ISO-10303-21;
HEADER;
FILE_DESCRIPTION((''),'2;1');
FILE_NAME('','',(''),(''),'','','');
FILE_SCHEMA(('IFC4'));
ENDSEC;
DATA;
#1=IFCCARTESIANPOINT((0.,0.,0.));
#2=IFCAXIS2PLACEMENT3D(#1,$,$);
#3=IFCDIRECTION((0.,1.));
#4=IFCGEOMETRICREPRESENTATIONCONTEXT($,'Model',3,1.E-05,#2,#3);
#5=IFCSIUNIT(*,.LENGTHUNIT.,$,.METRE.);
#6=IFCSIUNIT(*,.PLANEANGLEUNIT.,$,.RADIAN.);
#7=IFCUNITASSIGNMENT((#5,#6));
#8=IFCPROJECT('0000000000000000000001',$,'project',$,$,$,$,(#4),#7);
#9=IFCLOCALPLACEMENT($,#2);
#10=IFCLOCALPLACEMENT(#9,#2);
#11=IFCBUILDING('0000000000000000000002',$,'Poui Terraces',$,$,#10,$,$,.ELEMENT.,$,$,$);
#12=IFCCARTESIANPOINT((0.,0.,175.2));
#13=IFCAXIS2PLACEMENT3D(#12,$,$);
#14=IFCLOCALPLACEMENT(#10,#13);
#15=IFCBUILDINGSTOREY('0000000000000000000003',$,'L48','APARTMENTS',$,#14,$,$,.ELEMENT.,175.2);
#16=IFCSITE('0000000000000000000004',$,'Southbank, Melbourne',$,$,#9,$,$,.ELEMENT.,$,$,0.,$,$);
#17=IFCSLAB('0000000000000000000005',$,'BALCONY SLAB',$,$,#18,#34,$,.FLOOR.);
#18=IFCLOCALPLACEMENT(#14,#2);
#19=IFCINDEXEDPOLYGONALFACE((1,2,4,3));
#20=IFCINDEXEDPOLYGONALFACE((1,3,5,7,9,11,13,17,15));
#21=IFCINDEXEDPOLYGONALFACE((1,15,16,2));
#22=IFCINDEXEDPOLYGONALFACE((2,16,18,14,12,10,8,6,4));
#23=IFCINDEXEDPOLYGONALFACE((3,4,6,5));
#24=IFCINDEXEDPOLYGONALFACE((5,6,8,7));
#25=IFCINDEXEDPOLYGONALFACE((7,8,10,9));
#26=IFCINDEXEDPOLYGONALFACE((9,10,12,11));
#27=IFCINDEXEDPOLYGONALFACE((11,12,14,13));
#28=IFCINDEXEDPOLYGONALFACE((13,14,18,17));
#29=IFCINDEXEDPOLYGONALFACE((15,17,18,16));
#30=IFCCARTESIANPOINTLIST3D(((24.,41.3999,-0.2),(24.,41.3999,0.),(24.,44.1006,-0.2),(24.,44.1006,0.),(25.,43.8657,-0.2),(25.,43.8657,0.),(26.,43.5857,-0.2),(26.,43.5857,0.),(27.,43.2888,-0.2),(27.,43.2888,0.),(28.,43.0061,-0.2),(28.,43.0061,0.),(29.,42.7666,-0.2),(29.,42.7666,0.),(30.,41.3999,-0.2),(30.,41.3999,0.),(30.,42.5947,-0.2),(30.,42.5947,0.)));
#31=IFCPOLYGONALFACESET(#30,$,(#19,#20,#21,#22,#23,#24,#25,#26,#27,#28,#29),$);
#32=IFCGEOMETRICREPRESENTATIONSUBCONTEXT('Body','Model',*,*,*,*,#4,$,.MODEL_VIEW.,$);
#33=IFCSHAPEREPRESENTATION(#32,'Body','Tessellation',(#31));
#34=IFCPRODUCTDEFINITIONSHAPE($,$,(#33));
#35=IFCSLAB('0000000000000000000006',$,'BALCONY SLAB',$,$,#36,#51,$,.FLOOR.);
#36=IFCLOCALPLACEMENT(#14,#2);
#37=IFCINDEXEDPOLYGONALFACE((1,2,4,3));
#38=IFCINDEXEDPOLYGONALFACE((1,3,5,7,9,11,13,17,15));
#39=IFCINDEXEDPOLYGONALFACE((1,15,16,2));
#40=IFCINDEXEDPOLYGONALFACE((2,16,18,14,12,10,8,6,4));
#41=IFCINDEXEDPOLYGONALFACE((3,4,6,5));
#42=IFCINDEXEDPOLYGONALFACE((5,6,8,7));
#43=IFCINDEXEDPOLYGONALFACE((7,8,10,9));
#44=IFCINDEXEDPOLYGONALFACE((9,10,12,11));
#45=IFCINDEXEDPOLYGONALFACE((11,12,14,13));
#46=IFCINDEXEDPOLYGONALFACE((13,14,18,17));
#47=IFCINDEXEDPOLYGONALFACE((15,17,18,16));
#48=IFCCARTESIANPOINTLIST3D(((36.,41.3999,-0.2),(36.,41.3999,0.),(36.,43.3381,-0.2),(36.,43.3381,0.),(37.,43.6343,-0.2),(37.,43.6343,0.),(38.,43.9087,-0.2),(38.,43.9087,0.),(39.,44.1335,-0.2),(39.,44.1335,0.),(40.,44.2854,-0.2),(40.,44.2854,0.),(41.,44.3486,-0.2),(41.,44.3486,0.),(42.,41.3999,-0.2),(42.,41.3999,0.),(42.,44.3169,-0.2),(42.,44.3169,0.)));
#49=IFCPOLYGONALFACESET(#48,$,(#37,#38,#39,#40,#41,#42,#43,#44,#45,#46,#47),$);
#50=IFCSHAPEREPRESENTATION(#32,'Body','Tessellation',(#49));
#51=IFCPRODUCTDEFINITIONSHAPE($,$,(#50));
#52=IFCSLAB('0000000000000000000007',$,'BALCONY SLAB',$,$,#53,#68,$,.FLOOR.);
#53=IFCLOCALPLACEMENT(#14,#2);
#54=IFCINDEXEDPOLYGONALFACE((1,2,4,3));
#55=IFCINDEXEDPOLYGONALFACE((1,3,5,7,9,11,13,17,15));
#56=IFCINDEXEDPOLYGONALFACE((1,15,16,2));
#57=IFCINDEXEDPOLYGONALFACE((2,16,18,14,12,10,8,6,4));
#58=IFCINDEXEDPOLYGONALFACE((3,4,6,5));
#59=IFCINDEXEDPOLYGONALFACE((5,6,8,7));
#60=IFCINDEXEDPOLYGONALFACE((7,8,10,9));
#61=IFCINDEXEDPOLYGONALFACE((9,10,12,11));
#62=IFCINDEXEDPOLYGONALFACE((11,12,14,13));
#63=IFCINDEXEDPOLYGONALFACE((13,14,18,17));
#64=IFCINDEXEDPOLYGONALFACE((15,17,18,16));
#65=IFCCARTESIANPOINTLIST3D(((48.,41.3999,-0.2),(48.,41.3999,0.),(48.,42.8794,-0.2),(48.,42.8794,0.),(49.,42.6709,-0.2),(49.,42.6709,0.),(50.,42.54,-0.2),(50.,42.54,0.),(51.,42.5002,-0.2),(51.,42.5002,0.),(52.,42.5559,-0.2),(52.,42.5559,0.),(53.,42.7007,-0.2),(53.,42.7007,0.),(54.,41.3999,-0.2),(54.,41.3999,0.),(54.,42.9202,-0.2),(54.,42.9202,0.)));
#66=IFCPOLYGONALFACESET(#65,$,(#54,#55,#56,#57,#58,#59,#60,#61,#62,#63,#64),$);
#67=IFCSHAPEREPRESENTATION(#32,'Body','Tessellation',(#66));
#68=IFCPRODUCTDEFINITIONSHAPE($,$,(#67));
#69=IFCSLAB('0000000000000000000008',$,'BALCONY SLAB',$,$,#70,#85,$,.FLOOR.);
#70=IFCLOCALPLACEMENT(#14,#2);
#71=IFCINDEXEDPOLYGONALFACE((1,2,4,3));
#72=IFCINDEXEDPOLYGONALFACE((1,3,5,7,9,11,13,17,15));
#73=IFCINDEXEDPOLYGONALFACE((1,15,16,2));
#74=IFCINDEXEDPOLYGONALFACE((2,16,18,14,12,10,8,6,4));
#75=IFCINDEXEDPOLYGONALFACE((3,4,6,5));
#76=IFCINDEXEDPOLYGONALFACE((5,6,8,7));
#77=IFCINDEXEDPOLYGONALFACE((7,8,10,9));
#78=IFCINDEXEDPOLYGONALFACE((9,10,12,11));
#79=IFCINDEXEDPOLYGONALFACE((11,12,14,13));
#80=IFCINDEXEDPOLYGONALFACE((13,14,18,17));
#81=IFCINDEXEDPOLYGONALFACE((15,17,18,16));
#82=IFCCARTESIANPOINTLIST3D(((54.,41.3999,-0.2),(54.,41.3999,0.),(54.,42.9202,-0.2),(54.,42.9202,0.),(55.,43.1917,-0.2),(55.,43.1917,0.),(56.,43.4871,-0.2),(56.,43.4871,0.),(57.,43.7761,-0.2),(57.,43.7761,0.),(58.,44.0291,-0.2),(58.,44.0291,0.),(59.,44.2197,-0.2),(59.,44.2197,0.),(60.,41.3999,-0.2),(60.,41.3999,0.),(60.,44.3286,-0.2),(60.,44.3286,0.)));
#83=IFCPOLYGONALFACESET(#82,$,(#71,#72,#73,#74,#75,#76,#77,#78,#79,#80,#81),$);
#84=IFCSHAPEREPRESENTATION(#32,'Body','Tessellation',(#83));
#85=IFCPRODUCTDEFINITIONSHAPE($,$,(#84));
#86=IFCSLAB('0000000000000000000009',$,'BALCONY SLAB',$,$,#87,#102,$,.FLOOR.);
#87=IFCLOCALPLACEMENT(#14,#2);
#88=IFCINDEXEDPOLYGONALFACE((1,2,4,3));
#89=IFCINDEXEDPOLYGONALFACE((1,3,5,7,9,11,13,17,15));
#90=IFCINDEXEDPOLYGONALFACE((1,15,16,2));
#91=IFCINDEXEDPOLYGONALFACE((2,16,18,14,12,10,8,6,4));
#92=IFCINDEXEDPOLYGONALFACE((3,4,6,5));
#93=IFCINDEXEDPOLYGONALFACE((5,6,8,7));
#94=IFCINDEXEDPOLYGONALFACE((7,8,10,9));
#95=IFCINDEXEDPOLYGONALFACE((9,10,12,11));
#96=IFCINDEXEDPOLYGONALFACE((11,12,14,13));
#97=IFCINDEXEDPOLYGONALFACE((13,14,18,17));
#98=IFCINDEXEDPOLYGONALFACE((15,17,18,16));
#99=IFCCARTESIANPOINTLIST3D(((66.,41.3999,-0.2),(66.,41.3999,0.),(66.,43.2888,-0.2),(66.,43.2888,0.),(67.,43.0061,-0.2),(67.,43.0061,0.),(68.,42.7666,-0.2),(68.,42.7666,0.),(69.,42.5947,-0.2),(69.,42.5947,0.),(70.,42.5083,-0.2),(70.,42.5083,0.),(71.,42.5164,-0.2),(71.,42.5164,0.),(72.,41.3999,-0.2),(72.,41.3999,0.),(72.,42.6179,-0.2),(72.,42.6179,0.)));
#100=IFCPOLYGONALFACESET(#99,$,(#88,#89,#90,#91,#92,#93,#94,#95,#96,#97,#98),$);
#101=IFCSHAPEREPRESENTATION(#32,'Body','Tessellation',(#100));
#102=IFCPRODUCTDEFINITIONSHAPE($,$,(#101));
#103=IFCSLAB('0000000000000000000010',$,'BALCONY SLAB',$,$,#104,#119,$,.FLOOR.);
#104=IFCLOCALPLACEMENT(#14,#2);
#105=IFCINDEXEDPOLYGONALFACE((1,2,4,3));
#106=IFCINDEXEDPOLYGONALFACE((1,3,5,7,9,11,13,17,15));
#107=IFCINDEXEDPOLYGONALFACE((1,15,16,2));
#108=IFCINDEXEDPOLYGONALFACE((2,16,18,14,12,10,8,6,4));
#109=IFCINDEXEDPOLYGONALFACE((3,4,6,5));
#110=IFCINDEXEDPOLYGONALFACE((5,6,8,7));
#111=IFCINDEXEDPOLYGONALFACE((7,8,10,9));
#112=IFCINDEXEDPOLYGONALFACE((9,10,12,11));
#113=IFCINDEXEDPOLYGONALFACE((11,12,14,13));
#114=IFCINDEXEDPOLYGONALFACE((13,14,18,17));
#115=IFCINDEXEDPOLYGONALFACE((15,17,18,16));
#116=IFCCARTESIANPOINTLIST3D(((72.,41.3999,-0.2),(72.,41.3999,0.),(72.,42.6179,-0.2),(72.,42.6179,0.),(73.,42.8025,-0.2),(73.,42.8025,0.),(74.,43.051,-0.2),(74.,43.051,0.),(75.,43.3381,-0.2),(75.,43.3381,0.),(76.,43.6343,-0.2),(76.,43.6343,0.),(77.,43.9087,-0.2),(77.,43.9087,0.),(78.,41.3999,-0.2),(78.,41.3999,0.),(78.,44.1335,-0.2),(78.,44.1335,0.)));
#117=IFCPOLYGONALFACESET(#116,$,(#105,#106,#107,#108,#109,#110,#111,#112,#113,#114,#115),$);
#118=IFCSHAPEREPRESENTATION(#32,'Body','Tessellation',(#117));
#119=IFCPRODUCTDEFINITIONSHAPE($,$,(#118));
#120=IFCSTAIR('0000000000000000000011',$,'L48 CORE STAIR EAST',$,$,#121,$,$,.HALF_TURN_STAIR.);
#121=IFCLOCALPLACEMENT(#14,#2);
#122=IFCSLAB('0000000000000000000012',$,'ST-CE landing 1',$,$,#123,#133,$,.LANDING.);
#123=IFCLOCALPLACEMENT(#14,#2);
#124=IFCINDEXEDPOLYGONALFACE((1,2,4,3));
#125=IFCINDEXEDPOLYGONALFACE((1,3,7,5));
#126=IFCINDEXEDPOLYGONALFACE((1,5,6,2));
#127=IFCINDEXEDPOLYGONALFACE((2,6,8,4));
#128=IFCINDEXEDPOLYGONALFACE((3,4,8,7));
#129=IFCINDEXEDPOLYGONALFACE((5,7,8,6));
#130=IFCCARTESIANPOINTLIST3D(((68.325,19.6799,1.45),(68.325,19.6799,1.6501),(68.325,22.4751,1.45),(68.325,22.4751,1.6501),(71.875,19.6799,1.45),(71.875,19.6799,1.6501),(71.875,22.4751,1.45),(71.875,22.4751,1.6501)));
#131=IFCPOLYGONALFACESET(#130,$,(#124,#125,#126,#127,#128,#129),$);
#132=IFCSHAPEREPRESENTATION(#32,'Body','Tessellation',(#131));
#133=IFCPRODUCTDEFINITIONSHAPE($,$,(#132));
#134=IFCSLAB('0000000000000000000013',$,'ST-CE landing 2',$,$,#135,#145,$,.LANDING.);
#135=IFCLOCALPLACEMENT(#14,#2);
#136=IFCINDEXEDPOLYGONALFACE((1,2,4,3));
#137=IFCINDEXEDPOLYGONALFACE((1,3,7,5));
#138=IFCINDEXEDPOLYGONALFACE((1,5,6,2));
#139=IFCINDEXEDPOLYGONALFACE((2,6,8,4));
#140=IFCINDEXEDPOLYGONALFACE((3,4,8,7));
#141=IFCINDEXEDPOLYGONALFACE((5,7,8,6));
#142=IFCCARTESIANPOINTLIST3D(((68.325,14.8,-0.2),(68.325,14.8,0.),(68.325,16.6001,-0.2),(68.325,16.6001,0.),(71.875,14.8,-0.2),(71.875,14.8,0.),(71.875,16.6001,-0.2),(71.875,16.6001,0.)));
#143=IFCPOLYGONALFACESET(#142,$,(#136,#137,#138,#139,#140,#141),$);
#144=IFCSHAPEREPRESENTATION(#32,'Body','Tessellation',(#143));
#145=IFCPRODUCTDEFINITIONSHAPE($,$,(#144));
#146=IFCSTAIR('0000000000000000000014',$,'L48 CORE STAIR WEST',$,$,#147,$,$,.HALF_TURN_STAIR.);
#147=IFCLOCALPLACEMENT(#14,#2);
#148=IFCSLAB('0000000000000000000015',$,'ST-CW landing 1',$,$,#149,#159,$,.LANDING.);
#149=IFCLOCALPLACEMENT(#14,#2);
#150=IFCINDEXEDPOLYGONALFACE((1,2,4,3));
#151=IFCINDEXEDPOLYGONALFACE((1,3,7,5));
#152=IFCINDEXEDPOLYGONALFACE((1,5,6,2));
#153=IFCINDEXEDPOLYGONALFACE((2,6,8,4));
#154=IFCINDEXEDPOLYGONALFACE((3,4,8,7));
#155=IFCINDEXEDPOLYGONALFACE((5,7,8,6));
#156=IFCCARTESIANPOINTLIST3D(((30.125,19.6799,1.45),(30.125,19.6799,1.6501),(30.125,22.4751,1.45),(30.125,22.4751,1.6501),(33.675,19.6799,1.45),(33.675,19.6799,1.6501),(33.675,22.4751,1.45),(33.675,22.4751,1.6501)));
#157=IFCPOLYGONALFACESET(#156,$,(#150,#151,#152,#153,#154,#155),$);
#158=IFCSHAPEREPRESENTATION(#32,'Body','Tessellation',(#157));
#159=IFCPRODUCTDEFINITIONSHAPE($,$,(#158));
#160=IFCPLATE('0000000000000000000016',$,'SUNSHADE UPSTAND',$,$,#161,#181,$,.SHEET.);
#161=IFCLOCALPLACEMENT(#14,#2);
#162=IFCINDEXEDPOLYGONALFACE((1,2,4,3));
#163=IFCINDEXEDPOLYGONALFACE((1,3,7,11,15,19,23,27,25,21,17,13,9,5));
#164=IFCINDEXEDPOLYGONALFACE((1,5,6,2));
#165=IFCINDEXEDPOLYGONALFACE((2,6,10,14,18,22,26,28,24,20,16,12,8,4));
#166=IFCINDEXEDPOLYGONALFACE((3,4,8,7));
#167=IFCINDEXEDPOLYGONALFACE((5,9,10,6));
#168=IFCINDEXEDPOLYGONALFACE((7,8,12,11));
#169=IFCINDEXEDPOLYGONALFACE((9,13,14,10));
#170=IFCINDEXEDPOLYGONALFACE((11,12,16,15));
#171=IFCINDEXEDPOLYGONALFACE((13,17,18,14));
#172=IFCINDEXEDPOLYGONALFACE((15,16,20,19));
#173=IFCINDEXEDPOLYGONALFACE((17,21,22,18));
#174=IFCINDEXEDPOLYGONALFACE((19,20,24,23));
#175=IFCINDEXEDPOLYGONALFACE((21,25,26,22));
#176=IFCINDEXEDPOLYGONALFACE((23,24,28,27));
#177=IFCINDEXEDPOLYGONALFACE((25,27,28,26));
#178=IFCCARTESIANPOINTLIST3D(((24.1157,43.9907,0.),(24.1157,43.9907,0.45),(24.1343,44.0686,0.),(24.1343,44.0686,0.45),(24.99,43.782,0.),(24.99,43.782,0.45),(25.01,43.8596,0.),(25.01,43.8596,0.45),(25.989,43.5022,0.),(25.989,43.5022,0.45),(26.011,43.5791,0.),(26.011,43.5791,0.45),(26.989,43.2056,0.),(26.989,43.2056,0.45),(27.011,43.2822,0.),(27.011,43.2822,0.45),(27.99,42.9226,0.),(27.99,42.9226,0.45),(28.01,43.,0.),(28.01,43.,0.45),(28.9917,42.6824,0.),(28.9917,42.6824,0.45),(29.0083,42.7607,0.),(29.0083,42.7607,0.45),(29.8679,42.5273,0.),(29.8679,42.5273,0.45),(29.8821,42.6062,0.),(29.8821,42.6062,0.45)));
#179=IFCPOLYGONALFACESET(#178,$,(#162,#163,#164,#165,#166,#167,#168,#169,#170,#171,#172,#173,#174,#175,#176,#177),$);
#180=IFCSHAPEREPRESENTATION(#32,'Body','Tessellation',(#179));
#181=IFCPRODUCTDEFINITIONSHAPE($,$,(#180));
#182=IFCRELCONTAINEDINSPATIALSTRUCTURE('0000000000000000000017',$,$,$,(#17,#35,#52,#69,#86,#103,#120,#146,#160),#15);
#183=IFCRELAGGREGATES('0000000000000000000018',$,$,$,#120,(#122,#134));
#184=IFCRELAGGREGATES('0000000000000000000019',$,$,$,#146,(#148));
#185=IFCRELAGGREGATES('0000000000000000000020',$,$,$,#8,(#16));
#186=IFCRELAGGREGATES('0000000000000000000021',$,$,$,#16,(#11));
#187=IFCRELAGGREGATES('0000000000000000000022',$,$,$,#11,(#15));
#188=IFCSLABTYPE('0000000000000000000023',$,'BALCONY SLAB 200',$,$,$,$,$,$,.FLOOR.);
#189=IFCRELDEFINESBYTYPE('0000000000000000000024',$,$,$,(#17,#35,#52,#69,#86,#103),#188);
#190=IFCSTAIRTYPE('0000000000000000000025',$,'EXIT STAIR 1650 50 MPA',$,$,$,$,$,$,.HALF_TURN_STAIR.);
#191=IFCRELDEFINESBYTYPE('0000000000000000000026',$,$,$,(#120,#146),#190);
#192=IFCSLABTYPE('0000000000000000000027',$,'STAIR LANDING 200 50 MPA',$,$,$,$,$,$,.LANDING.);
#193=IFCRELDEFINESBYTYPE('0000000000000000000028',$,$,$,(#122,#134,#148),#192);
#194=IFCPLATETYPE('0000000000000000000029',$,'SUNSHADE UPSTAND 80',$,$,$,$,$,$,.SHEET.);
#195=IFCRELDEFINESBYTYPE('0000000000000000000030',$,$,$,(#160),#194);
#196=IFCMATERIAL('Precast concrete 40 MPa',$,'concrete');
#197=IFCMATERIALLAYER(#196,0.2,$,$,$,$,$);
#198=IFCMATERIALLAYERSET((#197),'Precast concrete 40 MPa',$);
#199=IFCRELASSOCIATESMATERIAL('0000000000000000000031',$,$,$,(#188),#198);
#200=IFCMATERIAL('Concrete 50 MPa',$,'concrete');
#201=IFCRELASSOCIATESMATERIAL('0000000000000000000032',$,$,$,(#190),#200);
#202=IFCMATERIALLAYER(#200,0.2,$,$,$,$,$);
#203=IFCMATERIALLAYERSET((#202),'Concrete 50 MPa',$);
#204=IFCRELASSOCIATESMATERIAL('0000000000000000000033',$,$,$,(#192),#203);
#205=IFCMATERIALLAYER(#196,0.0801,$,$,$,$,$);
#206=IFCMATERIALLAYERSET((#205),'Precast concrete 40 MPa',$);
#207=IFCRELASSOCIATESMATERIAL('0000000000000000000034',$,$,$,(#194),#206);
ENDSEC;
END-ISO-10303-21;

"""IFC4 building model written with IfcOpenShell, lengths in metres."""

from ifc_helpers import new_model, si_unit, direction, frame, origin, place, context, subcontext, project, spatial, polyline, outline, extrude, material, layer, layer_set, type_object, element, aggregate, save


model = new_model("IFC4")

# Units and contexts
model_context = context("Model", 3, precision=1e-05, world=origin(), true_north=direction((0.0, 1.0)))
body_context = subcontext(model_context, "Body", "Model", "MODEL_VIEW")
ifc_project = project(units=[si_unit("LENGTHUNIT", "METRE"), si_unit("PLANEANGLEUNIT", "RADIAN")], contexts=[model_context])

# Site, building, storey
site_placement = place(None, origin())
site = spatial("IfcSite", under=ifc_project, at=site_placement, Name="Southbank, Melbourne", CompositionType="ELEMENT", RefElevation=0.0)
building_placement = place(site_placement, origin())
building = spatial("IfcBuilding", under=site, at=building_placement, Name="Poui Terraces", CompositionType="ELEMENT")
storey_placement = place(building_placement, frame((0.0, 0.0, 175.2)))
storey = spatial("IfcBuildingStorey", under=building, at=storey_placement, Name="L48", Description="APARTMENTS", CompositionType="ELEMENT", Elevation=175.2)

# Slabs
ifc_material_1 = material(Name="Precast concrete 40 MPa", Category="concrete")
ifc_layer_1 = layer(ifc_material_1, 0.2)
ifc_layer_set_1 = layer_set([ifc_layer_1], Name="Precast concrete 40 MPa")
slab_type_1 = type_object("IfcSlabType", Name="BALCONY SLAB 200", PredefinedType="FLOOR", material=ifc_layer_set_1)
slab_1_placement = place(storey_placement, frame((0.0, 0.0, -0.2)))
element("IfcSlab", 1, at=slab_1_placement, inside=storey, type_object=slab_type_1, Name="BALCONY SLAB", PredefinedType="FLOOR", context=body_context, shape_type="SweptSolid", body=[
    extrude(outline(polyline([(24.0, 41.3999), (30.0, 41.3999), (30.0, 42.5947), (29.0, 42.7666), (28.0, 43.0061), (27.0, 43.2888), (26.0, 43.5857), (25.0, 43.8657), (24.0, 44.1006), (24.0, 41.3999)])), origin(), (0.0, 0.0, 1.0), 0.2),
])
slab_2_placement = place(storey_placement, frame((0.0, 0.0, -0.2)))
element("IfcSlab", 2, at=slab_2_placement, inside=storey, type_object=slab_type_1, Name="BALCONY SLAB", PredefinedType="FLOOR", context=body_context, shape_type="SweptSolid", body=[
    extrude(outline(polyline([(36.0, 41.3999), (42.0, 41.3999), (42.0, 44.3169), (41.0, 44.3486), (40.0, 44.2854), (39.0, 44.1335), (38.0, 43.9087), (37.0, 43.6343), (36.0, 43.3381), (36.0, 41.3999)])), origin(), (0.0, 0.0, 1.0), 0.2),
])
slab_3_placement = place(storey_placement, frame((0.0, 0.0, -0.2)))
element("IfcSlab", 3, at=slab_3_placement, inside=storey, type_object=slab_type_1, Name="BALCONY SLAB", PredefinedType="FLOOR", context=body_context, shape_type="SweptSolid", body=[
    extrude(outline(polyline([(48.0, 41.3999), (54.0, 41.3999), (54.0, 42.9202), (53.0, 42.7007), (52.0, 42.5559), (51.0, 42.5002), (50.0, 42.54), (49.0, 42.6709), (48.0, 42.8794), (48.0, 41.3999)])), origin(), (0.0, 0.0, 1.0), 0.2),
])
slab_4_placement = place(storey_placement, frame((0.0, 0.0, -0.2)))
element("IfcSlab", 4, at=slab_4_placement, inside=storey, type_object=slab_type_1, Name="BALCONY SLAB", PredefinedType="FLOOR", context=body_context, shape_type="SweptSolid", body=[
    extrude(outline(polyline([(54.0, 41.3999), (60.0, 41.3999), (60.0, 44.3286), (59.0, 44.2197), (58.0, 44.0291), (57.0, 43.7761), (56.0, 43.4871), (55.0, 43.1917), (54.0, 42.9202), (54.0, 41.3999)])), origin(), (0.0, 0.0, 1.0), 0.2),
])
slab_5_placement = place(storey_placement, frame((0.0, 0.0, -0.2)))
element("IfcSlab", 5, at=slab_5_placement, inside=storey, type_object=slab_type_1, Name="BALCONY SLAB", PredefinedType="FLOOR", context=body_context, shape_type="SweptSolid", body=[
    extrude(outline(polyline([(66.0, 41.3999), (72.0, 41.3999), (72.0, 42.6179), (71.0, 42.5164), (70.0, 42.5083), (69.0, 42.5947), (68.0, 42.7666), (67.0, 43.0061), (66.0, 43.2888), (66.0, 41.3999)])), origin(), (0.0, 0.0, 1.0), 0.2),
])
slab_6_placement = place(storey_placement, frame((0.0, 0.0, -0.2)))
element("IfcSlab", 6, at=slab_6_placement, inside=storey, type_object=slab_type_1, Name="BALCONY SLAB", PredefinedType="FLOOR", context=body_context, shape_type="SweptSolid", body=[
    extrude(outline(polyline([(72.0, 41.3999), (78.0, 41.3999), (78.0, 44.1335), (77.0, 43.9087), (76.0, 43.6343), (75.0, 43.3381), (74.0, 43.051), (73.0, 42.8025), (72.0, 42.6179), (72.0, 41.3999)])), origin(), (0.0, 0.0, 1.0), 0.2),
])

# Stair, slabs
ifc_material_2 = material(Name="Concrete 50 MPa", Category="concrete")
stair_type = type_object("IfcStairType", Name="EXIT STAIR 1650 50 MPA", PredefinedType="HALF_TURN_STAIR", material=ifc_material_2)
stair_1_placement = place(storey_placement, origin())
stair_1 = element("IfcStair", 7, at=stair_1_placement, inside=storey, type_object=stair_type, Name="L48 CORE STAIR EAST", PredefinedType="HALF_TURN_STAIR")
ifc_layer_2 = layer(ifc_material_2, 0.2)
ifc_layer_set_2 = layer_set([ifc_layer_2], Name="Concrete 50 MPa")
slab_type_2 = type_object("IfcSlabType", Name="STAIR LANDING 200 50 MPA", PredefinedType="LANDING", material=ifc_layer_set_2)
slab_7_placement = place(storey_placement, frame((0.0, 0.0, 1.45)))
slab_7 = element("IfcSlab", 8, at=slab_7_placement, type_object=slab_type_2, Name="ST-CE landing 1", PredefinedType="LANDING", context=body_context, shape_type="SweptSolid", body=[
    extrude(outline(polyline([(68.325, 19.6799), (71.875, 19.6799), (71.875, 22.4751), (68.325, 22.4751), (68.325, 19.6799)])), origin(), (0.0, 0.0, 1.0), 0.2002),
])
slab_8_placement = place(storey_placement, frame((0.0, 0.0, -0.2)))
slab_8 = element("IfcSlab", 9, at=slab_8_placement, type_object=slab_type_2, Name="ST-CE landing 2", PredefinedType="LANDING", context=body_context, shape_type="SweptSolid", body=[
    extrude(outline(polyline([(68.325, 14.8), (71.875, 14.8), (71.875, 16.6001), (68.325, 16.6001), (68.325, 14.8)])), origin(), (0.0, 0.0, 1.0), 0.2),
])
aggregate(stair_1, [slab_7, slab_8])

# Stair, slab
stair_2_placement = place(storey_placement, origin())
stair_2 = element("IfcStair", 10, at=stair_2_placement, inside=storey, type_object=stair_type, Name="L48 CORE STAIR WEST", PredefinedType="HALF_TURN_STAIR")
slab_9_placement = place(storey_placement, frame((0.0, 0.0, 1.45)))
slab_9 = element("IfcSlab", 11, at=slab_9_placement, type_object=slab_type_2, Name="ST-CW landing 1", PredefinedType="LANDING", context=body_context, shape_type="SweptSolid", body=[
    extrude(outline(polyline([(30.125, 19.6799), (33.675, 19.6799), (33.675, 22.4751), (30.125, 22.4751), (30.125, 19.6799)])), origin(), (0.0, 0.0, 1.0), 0.2002),
])
aggregate(stair_2, [slab_9])

# Plate
ifc_layer_3 = layer(ifc_material_1, 0.0801)
ifc_layer_set_3 = layer_set([ifc_layer_3], Name="Precast concrete 40 MPa")
plate_type = type_object("IfcPlateType", Name="SUNSHADE UPSTAND 80", PredefinedType="SHEET", material=ifc_layer_set_3)
plate_1_placement = place(storey_placement, origin())
element("IfcPlate", 12, at=plate_1_placement, inside=storey, type_object=plate_type, Name="SUNSHADE UPSTAND", PredefinedType="SHEET", context=body_context, shape_type="SweptSolid", body=[
    extrude(outline(polyline([(25.01, 43.8596), (24.1343, 44.0686), (24.1157, 43.9907), (24.99, 43.782), (25.989, 43.5022), (26.989, 43.2056), (27.99, 42.9226), (28.9917, 42.6824), (29.8679, 42.5273), (29.8821, 42.6062), (29.0083, 42.7607), (28.01, 43.0), (27.011, 43.2822), (26.011, 43.5791), (25.01, 43.8596)])), origin(), (0.0, 0.0, 1.0), 0.45),
])

save(model, "model.ifc")
